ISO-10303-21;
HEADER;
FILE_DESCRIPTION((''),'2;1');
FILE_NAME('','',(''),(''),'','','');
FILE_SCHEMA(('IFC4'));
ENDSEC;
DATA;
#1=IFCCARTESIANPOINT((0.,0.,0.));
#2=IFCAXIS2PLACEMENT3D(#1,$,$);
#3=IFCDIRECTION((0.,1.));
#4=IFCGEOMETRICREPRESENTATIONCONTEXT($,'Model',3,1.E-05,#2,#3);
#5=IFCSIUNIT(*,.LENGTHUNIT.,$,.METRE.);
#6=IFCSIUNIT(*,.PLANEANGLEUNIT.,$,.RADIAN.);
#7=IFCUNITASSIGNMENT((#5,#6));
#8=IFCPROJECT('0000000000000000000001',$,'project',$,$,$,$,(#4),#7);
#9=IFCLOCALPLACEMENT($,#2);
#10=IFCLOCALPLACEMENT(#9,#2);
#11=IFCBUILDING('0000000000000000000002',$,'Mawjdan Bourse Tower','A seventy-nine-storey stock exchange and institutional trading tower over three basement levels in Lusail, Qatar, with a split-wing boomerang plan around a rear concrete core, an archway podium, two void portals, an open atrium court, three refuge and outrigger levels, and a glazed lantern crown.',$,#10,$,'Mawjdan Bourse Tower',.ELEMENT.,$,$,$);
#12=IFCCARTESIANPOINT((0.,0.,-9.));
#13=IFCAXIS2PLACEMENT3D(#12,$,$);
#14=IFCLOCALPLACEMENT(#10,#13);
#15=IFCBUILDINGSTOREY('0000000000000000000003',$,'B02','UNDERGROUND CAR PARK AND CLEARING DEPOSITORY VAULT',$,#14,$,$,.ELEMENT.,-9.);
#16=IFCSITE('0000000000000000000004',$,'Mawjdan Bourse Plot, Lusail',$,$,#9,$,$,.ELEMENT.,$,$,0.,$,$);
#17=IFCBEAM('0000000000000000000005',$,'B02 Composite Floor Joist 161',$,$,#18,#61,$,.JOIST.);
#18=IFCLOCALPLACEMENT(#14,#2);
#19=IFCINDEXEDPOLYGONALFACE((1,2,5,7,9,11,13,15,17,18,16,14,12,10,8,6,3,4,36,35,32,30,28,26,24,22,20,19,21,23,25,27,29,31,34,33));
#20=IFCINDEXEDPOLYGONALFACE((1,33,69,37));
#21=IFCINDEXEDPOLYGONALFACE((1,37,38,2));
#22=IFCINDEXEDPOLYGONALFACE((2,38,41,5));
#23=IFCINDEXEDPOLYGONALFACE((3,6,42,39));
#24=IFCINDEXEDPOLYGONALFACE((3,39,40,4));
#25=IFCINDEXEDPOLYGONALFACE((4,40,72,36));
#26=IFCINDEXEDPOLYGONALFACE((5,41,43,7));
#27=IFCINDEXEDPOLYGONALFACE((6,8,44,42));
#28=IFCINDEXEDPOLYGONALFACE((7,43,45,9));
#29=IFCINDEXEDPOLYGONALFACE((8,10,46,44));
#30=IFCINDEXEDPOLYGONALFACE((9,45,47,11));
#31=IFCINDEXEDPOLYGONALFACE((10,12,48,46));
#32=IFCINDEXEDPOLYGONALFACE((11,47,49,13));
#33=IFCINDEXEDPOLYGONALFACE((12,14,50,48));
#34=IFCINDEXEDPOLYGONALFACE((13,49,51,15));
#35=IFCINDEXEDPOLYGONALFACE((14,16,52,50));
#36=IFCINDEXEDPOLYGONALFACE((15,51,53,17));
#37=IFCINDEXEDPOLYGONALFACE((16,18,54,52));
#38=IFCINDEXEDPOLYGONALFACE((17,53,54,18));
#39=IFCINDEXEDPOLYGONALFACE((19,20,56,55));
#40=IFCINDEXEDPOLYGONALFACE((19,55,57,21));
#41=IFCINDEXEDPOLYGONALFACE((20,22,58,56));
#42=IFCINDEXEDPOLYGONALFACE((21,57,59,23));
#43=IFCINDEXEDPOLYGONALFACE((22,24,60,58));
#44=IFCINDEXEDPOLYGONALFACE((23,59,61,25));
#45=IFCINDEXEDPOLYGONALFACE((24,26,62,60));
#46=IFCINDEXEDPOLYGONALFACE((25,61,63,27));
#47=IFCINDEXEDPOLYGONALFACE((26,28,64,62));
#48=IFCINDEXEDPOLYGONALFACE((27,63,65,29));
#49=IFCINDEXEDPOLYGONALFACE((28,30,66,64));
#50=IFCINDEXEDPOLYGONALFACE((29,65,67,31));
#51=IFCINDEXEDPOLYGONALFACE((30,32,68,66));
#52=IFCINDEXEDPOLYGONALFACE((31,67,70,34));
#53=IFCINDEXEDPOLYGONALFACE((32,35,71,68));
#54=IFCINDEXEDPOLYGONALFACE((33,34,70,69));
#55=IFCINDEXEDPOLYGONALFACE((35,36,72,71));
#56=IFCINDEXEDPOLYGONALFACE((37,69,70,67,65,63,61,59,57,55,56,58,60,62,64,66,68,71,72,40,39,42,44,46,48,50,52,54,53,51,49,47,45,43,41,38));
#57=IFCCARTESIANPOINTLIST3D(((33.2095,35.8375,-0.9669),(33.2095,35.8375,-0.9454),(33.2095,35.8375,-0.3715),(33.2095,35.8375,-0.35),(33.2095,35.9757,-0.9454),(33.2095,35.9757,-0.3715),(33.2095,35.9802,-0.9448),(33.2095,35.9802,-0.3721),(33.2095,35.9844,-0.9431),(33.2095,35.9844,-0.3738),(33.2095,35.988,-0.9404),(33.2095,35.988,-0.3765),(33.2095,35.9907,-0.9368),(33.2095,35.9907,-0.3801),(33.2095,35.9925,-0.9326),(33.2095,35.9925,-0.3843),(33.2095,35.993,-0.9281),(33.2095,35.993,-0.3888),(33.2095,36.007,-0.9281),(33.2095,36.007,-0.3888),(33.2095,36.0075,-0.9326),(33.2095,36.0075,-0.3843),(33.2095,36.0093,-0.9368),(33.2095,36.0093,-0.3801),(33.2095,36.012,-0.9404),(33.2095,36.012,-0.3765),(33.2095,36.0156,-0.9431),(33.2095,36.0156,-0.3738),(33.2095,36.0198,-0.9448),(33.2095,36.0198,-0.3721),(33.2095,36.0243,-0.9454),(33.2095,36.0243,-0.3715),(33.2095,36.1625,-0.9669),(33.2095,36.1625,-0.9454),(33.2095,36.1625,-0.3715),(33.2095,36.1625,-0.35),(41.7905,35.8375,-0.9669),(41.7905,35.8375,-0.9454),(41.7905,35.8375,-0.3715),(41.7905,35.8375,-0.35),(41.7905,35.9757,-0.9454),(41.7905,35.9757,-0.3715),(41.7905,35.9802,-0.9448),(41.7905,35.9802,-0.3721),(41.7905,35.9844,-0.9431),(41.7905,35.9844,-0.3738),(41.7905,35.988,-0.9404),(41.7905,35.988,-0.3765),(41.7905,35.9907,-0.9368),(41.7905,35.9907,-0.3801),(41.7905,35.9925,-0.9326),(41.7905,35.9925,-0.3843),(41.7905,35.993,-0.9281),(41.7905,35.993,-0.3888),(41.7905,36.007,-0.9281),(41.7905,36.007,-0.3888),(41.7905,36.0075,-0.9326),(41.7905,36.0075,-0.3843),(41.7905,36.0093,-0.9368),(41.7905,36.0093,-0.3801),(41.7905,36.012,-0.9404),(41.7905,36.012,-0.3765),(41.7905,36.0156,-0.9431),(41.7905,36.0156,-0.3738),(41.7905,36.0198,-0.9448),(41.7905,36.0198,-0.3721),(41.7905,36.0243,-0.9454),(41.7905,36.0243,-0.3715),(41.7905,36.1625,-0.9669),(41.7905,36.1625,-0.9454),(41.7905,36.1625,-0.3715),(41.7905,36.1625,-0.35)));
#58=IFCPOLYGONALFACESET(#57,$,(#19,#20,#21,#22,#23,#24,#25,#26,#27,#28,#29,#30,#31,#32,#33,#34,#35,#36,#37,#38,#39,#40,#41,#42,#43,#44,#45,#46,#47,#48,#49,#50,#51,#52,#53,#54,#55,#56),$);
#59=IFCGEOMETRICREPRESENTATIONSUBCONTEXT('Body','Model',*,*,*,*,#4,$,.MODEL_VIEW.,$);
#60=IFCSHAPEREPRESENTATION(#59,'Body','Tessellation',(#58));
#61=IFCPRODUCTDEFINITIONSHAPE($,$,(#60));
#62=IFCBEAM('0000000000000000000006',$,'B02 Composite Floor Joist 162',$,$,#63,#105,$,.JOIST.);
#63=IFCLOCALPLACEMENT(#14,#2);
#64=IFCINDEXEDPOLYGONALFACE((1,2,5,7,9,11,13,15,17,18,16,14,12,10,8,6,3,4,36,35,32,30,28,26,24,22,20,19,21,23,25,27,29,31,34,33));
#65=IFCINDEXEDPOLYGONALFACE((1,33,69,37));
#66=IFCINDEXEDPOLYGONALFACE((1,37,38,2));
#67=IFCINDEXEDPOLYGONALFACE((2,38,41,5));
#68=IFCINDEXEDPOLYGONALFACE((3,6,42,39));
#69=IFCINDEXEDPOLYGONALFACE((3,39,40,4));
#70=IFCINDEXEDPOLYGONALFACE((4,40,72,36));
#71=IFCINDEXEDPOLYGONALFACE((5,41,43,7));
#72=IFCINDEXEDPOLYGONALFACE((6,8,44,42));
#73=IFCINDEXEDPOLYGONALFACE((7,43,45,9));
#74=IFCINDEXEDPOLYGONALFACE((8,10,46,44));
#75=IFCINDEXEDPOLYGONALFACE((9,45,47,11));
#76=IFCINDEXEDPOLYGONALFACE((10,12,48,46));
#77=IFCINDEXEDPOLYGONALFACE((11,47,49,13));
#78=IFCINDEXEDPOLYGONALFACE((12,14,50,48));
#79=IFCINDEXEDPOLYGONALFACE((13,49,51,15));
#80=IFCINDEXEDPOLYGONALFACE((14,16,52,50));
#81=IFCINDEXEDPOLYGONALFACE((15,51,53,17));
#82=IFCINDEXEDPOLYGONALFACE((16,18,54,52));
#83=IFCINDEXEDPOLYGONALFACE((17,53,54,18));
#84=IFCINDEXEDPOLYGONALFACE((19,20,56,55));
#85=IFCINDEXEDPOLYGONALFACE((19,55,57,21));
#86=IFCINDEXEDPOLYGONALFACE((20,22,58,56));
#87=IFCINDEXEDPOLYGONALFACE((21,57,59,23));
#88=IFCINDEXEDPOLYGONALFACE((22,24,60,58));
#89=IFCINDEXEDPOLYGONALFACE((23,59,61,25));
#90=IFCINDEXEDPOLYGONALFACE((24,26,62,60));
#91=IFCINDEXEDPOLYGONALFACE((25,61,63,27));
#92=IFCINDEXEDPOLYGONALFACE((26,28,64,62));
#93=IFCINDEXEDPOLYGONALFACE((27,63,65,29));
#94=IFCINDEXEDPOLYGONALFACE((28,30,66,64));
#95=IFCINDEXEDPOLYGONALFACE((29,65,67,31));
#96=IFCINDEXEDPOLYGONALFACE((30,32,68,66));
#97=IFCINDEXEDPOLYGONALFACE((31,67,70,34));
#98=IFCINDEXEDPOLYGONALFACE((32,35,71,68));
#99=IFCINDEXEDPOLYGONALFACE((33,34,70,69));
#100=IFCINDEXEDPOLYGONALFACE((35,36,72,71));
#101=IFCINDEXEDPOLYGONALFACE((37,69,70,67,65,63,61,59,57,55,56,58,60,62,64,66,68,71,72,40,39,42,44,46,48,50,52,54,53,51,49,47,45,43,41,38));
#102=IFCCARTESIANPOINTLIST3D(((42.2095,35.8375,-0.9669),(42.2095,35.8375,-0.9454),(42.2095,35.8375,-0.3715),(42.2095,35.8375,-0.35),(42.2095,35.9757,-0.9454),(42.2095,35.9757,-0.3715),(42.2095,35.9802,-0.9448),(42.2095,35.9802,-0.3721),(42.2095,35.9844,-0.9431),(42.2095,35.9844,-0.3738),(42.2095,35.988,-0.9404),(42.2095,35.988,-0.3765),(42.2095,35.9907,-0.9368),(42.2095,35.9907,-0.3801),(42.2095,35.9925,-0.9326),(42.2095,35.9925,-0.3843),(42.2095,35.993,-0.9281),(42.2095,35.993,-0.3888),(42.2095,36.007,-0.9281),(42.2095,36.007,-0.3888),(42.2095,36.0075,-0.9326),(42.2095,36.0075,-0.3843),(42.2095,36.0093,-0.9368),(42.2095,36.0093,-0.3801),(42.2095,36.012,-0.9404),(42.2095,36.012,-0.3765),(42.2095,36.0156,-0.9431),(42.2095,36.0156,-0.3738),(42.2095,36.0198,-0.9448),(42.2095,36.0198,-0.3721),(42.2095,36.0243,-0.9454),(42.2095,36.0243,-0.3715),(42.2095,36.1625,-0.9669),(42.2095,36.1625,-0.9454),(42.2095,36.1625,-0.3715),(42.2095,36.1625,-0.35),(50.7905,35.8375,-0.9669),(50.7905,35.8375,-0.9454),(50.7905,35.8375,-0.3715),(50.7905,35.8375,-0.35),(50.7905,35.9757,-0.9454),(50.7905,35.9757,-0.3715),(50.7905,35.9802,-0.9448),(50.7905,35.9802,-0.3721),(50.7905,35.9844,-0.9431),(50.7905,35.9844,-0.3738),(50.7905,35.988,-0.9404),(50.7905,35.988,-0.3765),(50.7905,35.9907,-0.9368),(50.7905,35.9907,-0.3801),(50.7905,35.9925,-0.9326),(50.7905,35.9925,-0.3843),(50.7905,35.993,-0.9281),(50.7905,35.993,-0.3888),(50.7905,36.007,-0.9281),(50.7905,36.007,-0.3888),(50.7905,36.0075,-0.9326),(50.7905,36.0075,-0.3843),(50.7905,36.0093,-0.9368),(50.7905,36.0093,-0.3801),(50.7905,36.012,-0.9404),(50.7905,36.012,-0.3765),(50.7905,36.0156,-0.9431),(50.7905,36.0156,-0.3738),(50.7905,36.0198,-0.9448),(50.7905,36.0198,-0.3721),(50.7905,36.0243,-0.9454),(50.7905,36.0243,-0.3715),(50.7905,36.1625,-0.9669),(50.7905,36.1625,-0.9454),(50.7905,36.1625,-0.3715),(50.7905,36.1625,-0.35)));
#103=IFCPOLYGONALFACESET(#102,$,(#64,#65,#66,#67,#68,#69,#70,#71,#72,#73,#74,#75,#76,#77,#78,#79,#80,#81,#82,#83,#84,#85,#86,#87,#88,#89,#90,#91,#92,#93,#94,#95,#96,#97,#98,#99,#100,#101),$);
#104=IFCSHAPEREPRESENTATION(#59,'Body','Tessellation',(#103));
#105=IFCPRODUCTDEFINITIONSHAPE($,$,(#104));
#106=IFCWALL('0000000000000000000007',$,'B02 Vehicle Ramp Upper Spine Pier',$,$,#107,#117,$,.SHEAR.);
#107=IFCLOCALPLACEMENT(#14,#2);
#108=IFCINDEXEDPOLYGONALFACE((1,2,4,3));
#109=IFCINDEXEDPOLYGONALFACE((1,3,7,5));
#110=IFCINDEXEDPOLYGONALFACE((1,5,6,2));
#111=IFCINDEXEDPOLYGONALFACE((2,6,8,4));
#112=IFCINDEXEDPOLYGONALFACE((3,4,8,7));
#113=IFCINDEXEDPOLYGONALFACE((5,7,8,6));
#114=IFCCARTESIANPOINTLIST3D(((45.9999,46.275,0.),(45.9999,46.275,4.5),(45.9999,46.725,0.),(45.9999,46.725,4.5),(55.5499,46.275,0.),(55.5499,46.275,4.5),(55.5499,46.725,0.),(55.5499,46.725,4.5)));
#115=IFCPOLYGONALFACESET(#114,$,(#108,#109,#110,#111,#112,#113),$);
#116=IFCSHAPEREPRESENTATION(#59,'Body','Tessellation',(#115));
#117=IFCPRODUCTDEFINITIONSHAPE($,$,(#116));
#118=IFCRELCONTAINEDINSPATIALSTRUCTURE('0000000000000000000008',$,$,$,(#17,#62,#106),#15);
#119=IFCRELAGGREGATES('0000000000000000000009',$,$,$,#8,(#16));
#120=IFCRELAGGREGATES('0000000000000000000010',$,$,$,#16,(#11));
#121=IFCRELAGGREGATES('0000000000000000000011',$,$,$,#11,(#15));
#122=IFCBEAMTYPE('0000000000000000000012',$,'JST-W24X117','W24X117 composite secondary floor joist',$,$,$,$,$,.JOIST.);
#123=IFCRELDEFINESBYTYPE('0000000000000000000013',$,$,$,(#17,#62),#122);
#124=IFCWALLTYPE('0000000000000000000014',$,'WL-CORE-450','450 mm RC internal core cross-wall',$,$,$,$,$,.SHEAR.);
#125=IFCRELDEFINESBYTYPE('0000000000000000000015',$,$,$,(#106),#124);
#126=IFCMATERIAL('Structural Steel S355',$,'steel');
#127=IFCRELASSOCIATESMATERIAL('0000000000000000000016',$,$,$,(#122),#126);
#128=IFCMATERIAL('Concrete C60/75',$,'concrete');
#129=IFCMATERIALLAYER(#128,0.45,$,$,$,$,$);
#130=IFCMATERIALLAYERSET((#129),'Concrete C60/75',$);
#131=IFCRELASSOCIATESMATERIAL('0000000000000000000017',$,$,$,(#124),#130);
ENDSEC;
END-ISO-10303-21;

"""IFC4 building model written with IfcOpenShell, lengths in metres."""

from ifc_helpers import new_model, si_unit, direction, frame, frame_2d, origin, origin_2d, place, context, subcontext, project, spatial, rectangle, i_section, extrude, material, layer, layer_set, material_profile, profile_set, type_object, element, save


model = new_model("IFC4")

# Units and contexts
model_context = context("Model", 3, precision=1e-05, world=origin(), true_north=direction((0.0, 1.0)))
body_context = subcontext(model_context, "Body", "Model", "MODEL_VIEW")
ifc_project = project(units=[si_unit("LENGTHUNIT", "METRE"), si_unit("PLANEANGLEUNIT", "RADIAN")], contexts=[model_context])

# Site, building, storey
site_placement = place(None, origin())
site = spatial("IfcSite", under=ifc_project, at=site_placement, Name="Mawjdan Bourse Plot, Lusail", CompositionType="ELEMENT", RefElevation=0.0)
building_placement = place(site_placement, origin())
building = spatial("IfcBuilding", under=site, at=building_placement, Name="Mawjdan Bourse Tower", Description="A seventy-nine-storey stock exchange and institutional trading tower over three basement levels in Lusail, Qatar, with a split-wing boomerang plan around a rear concrete core, an archway podium, two void portals, an open atrium court, three refuge and outrigger levels, and a glazed lantern crown.", LongName="Mawjdan Bourse Tower", CompositionType="ELEMENT")
storey_placement = place(building_placement, frame((0.0, 0.0, -9.0)))
storey = spatial("IfcBuildingStorey", under=building, at=storey_placement, Name="B02", Description="UNDERGROUND CAR PARK AND CLEARING DEPOSITORY VAULT", CompositionType="ELEMENT", Elevation=-9.0)

# Beams
ifc_material_1 = material(Name="Structural Steel S355", Category="steel")
ifc_material_profile_1 = material_profile(ifc_material_1, i_section(OverallWidth=0.325, OverallDepth=0.6169, WebThickness=0.0139, FlangeThickness=0.0215, FilletRadius=0.0173, at=origin_2d()), Name="W24X117")
ifc_profile_set_1 = profile_set([ifc_material_profile_1], Name="Structural Steel S355")
beam_type_1 = type_object("IfcBeamType", Name="JST-W24X117", Description="W24X117 composite secondary floor joist", PredefinedType="JOIST", material=ifc_profile_set_1)
for number, where, z_axis, x_axis, name in (
    (1, (33.2095, 36.0, -0.6584), (1.0, 0.0, 0.0), (0.0, 1.0, 0.0), "B02 Composite Floor Joist 161"),
    (2, (42.2095, 36.0, -0.6584), (1.0, 0.0, 0.0), (0.0, 1.0, 0.0), "B02 Composite Floor Joist 162"),
):
    element("IfcBeam", number, at=place(storey_placement, frame(where, z_axis=z_axis, x_axis=x_axis)), inside=storey, type_object=beam_type_1, Name=name, PredefinedType="JOIST", context=body_context, shape_type="SweptSolid", body=[
        extrude(i_section(OverallWidth=0.325, OverallDepth=0.6169, WebThickness=0.0139, FlangeThickness=0.0215, FilletRadius=0.0173, at=origin_2d()), origin(), (0.0, 0.0, 1.0), 8.5811),
    ])

# Wall
ifc_material_2 = material(Name="Concrete C60/75", Category="concrete")
ifc_layer = layer(ifc_material_2, 0.45)
ifc_layer_set = layer_set([ifc_layer], Name="Concrete C60/75")
wall_type = type_object("IfcWallType", Name="WL-CORE-450", Description="450 mm RC internal core cross-wall", PredefinedType="SHEAR", material=ifc_layer_set)
wall_placement = place(storey_placement, frame((46.0, 46.5, 0.0), z_axis=(0.0, 0.0, 1.0), x_axis=(1.0, 0.0, 0.0)))
element("IfcWall", 3, at=wall_placement, inside=storey, type_object=wall_type, Name="B02 Vehicle Ramp Upper Spine Pier", PredefinedType="SHEAR", context=body_context, shape_type="SweptSolid", body=[
    extrude(rectangle(XDim=9.55, YDim=0.45, at=frame_2d((4.7749, 0.0))), origin(), (0.0, 0.0, 1.0), 4.5),
])

save(model, "model.ifc")
